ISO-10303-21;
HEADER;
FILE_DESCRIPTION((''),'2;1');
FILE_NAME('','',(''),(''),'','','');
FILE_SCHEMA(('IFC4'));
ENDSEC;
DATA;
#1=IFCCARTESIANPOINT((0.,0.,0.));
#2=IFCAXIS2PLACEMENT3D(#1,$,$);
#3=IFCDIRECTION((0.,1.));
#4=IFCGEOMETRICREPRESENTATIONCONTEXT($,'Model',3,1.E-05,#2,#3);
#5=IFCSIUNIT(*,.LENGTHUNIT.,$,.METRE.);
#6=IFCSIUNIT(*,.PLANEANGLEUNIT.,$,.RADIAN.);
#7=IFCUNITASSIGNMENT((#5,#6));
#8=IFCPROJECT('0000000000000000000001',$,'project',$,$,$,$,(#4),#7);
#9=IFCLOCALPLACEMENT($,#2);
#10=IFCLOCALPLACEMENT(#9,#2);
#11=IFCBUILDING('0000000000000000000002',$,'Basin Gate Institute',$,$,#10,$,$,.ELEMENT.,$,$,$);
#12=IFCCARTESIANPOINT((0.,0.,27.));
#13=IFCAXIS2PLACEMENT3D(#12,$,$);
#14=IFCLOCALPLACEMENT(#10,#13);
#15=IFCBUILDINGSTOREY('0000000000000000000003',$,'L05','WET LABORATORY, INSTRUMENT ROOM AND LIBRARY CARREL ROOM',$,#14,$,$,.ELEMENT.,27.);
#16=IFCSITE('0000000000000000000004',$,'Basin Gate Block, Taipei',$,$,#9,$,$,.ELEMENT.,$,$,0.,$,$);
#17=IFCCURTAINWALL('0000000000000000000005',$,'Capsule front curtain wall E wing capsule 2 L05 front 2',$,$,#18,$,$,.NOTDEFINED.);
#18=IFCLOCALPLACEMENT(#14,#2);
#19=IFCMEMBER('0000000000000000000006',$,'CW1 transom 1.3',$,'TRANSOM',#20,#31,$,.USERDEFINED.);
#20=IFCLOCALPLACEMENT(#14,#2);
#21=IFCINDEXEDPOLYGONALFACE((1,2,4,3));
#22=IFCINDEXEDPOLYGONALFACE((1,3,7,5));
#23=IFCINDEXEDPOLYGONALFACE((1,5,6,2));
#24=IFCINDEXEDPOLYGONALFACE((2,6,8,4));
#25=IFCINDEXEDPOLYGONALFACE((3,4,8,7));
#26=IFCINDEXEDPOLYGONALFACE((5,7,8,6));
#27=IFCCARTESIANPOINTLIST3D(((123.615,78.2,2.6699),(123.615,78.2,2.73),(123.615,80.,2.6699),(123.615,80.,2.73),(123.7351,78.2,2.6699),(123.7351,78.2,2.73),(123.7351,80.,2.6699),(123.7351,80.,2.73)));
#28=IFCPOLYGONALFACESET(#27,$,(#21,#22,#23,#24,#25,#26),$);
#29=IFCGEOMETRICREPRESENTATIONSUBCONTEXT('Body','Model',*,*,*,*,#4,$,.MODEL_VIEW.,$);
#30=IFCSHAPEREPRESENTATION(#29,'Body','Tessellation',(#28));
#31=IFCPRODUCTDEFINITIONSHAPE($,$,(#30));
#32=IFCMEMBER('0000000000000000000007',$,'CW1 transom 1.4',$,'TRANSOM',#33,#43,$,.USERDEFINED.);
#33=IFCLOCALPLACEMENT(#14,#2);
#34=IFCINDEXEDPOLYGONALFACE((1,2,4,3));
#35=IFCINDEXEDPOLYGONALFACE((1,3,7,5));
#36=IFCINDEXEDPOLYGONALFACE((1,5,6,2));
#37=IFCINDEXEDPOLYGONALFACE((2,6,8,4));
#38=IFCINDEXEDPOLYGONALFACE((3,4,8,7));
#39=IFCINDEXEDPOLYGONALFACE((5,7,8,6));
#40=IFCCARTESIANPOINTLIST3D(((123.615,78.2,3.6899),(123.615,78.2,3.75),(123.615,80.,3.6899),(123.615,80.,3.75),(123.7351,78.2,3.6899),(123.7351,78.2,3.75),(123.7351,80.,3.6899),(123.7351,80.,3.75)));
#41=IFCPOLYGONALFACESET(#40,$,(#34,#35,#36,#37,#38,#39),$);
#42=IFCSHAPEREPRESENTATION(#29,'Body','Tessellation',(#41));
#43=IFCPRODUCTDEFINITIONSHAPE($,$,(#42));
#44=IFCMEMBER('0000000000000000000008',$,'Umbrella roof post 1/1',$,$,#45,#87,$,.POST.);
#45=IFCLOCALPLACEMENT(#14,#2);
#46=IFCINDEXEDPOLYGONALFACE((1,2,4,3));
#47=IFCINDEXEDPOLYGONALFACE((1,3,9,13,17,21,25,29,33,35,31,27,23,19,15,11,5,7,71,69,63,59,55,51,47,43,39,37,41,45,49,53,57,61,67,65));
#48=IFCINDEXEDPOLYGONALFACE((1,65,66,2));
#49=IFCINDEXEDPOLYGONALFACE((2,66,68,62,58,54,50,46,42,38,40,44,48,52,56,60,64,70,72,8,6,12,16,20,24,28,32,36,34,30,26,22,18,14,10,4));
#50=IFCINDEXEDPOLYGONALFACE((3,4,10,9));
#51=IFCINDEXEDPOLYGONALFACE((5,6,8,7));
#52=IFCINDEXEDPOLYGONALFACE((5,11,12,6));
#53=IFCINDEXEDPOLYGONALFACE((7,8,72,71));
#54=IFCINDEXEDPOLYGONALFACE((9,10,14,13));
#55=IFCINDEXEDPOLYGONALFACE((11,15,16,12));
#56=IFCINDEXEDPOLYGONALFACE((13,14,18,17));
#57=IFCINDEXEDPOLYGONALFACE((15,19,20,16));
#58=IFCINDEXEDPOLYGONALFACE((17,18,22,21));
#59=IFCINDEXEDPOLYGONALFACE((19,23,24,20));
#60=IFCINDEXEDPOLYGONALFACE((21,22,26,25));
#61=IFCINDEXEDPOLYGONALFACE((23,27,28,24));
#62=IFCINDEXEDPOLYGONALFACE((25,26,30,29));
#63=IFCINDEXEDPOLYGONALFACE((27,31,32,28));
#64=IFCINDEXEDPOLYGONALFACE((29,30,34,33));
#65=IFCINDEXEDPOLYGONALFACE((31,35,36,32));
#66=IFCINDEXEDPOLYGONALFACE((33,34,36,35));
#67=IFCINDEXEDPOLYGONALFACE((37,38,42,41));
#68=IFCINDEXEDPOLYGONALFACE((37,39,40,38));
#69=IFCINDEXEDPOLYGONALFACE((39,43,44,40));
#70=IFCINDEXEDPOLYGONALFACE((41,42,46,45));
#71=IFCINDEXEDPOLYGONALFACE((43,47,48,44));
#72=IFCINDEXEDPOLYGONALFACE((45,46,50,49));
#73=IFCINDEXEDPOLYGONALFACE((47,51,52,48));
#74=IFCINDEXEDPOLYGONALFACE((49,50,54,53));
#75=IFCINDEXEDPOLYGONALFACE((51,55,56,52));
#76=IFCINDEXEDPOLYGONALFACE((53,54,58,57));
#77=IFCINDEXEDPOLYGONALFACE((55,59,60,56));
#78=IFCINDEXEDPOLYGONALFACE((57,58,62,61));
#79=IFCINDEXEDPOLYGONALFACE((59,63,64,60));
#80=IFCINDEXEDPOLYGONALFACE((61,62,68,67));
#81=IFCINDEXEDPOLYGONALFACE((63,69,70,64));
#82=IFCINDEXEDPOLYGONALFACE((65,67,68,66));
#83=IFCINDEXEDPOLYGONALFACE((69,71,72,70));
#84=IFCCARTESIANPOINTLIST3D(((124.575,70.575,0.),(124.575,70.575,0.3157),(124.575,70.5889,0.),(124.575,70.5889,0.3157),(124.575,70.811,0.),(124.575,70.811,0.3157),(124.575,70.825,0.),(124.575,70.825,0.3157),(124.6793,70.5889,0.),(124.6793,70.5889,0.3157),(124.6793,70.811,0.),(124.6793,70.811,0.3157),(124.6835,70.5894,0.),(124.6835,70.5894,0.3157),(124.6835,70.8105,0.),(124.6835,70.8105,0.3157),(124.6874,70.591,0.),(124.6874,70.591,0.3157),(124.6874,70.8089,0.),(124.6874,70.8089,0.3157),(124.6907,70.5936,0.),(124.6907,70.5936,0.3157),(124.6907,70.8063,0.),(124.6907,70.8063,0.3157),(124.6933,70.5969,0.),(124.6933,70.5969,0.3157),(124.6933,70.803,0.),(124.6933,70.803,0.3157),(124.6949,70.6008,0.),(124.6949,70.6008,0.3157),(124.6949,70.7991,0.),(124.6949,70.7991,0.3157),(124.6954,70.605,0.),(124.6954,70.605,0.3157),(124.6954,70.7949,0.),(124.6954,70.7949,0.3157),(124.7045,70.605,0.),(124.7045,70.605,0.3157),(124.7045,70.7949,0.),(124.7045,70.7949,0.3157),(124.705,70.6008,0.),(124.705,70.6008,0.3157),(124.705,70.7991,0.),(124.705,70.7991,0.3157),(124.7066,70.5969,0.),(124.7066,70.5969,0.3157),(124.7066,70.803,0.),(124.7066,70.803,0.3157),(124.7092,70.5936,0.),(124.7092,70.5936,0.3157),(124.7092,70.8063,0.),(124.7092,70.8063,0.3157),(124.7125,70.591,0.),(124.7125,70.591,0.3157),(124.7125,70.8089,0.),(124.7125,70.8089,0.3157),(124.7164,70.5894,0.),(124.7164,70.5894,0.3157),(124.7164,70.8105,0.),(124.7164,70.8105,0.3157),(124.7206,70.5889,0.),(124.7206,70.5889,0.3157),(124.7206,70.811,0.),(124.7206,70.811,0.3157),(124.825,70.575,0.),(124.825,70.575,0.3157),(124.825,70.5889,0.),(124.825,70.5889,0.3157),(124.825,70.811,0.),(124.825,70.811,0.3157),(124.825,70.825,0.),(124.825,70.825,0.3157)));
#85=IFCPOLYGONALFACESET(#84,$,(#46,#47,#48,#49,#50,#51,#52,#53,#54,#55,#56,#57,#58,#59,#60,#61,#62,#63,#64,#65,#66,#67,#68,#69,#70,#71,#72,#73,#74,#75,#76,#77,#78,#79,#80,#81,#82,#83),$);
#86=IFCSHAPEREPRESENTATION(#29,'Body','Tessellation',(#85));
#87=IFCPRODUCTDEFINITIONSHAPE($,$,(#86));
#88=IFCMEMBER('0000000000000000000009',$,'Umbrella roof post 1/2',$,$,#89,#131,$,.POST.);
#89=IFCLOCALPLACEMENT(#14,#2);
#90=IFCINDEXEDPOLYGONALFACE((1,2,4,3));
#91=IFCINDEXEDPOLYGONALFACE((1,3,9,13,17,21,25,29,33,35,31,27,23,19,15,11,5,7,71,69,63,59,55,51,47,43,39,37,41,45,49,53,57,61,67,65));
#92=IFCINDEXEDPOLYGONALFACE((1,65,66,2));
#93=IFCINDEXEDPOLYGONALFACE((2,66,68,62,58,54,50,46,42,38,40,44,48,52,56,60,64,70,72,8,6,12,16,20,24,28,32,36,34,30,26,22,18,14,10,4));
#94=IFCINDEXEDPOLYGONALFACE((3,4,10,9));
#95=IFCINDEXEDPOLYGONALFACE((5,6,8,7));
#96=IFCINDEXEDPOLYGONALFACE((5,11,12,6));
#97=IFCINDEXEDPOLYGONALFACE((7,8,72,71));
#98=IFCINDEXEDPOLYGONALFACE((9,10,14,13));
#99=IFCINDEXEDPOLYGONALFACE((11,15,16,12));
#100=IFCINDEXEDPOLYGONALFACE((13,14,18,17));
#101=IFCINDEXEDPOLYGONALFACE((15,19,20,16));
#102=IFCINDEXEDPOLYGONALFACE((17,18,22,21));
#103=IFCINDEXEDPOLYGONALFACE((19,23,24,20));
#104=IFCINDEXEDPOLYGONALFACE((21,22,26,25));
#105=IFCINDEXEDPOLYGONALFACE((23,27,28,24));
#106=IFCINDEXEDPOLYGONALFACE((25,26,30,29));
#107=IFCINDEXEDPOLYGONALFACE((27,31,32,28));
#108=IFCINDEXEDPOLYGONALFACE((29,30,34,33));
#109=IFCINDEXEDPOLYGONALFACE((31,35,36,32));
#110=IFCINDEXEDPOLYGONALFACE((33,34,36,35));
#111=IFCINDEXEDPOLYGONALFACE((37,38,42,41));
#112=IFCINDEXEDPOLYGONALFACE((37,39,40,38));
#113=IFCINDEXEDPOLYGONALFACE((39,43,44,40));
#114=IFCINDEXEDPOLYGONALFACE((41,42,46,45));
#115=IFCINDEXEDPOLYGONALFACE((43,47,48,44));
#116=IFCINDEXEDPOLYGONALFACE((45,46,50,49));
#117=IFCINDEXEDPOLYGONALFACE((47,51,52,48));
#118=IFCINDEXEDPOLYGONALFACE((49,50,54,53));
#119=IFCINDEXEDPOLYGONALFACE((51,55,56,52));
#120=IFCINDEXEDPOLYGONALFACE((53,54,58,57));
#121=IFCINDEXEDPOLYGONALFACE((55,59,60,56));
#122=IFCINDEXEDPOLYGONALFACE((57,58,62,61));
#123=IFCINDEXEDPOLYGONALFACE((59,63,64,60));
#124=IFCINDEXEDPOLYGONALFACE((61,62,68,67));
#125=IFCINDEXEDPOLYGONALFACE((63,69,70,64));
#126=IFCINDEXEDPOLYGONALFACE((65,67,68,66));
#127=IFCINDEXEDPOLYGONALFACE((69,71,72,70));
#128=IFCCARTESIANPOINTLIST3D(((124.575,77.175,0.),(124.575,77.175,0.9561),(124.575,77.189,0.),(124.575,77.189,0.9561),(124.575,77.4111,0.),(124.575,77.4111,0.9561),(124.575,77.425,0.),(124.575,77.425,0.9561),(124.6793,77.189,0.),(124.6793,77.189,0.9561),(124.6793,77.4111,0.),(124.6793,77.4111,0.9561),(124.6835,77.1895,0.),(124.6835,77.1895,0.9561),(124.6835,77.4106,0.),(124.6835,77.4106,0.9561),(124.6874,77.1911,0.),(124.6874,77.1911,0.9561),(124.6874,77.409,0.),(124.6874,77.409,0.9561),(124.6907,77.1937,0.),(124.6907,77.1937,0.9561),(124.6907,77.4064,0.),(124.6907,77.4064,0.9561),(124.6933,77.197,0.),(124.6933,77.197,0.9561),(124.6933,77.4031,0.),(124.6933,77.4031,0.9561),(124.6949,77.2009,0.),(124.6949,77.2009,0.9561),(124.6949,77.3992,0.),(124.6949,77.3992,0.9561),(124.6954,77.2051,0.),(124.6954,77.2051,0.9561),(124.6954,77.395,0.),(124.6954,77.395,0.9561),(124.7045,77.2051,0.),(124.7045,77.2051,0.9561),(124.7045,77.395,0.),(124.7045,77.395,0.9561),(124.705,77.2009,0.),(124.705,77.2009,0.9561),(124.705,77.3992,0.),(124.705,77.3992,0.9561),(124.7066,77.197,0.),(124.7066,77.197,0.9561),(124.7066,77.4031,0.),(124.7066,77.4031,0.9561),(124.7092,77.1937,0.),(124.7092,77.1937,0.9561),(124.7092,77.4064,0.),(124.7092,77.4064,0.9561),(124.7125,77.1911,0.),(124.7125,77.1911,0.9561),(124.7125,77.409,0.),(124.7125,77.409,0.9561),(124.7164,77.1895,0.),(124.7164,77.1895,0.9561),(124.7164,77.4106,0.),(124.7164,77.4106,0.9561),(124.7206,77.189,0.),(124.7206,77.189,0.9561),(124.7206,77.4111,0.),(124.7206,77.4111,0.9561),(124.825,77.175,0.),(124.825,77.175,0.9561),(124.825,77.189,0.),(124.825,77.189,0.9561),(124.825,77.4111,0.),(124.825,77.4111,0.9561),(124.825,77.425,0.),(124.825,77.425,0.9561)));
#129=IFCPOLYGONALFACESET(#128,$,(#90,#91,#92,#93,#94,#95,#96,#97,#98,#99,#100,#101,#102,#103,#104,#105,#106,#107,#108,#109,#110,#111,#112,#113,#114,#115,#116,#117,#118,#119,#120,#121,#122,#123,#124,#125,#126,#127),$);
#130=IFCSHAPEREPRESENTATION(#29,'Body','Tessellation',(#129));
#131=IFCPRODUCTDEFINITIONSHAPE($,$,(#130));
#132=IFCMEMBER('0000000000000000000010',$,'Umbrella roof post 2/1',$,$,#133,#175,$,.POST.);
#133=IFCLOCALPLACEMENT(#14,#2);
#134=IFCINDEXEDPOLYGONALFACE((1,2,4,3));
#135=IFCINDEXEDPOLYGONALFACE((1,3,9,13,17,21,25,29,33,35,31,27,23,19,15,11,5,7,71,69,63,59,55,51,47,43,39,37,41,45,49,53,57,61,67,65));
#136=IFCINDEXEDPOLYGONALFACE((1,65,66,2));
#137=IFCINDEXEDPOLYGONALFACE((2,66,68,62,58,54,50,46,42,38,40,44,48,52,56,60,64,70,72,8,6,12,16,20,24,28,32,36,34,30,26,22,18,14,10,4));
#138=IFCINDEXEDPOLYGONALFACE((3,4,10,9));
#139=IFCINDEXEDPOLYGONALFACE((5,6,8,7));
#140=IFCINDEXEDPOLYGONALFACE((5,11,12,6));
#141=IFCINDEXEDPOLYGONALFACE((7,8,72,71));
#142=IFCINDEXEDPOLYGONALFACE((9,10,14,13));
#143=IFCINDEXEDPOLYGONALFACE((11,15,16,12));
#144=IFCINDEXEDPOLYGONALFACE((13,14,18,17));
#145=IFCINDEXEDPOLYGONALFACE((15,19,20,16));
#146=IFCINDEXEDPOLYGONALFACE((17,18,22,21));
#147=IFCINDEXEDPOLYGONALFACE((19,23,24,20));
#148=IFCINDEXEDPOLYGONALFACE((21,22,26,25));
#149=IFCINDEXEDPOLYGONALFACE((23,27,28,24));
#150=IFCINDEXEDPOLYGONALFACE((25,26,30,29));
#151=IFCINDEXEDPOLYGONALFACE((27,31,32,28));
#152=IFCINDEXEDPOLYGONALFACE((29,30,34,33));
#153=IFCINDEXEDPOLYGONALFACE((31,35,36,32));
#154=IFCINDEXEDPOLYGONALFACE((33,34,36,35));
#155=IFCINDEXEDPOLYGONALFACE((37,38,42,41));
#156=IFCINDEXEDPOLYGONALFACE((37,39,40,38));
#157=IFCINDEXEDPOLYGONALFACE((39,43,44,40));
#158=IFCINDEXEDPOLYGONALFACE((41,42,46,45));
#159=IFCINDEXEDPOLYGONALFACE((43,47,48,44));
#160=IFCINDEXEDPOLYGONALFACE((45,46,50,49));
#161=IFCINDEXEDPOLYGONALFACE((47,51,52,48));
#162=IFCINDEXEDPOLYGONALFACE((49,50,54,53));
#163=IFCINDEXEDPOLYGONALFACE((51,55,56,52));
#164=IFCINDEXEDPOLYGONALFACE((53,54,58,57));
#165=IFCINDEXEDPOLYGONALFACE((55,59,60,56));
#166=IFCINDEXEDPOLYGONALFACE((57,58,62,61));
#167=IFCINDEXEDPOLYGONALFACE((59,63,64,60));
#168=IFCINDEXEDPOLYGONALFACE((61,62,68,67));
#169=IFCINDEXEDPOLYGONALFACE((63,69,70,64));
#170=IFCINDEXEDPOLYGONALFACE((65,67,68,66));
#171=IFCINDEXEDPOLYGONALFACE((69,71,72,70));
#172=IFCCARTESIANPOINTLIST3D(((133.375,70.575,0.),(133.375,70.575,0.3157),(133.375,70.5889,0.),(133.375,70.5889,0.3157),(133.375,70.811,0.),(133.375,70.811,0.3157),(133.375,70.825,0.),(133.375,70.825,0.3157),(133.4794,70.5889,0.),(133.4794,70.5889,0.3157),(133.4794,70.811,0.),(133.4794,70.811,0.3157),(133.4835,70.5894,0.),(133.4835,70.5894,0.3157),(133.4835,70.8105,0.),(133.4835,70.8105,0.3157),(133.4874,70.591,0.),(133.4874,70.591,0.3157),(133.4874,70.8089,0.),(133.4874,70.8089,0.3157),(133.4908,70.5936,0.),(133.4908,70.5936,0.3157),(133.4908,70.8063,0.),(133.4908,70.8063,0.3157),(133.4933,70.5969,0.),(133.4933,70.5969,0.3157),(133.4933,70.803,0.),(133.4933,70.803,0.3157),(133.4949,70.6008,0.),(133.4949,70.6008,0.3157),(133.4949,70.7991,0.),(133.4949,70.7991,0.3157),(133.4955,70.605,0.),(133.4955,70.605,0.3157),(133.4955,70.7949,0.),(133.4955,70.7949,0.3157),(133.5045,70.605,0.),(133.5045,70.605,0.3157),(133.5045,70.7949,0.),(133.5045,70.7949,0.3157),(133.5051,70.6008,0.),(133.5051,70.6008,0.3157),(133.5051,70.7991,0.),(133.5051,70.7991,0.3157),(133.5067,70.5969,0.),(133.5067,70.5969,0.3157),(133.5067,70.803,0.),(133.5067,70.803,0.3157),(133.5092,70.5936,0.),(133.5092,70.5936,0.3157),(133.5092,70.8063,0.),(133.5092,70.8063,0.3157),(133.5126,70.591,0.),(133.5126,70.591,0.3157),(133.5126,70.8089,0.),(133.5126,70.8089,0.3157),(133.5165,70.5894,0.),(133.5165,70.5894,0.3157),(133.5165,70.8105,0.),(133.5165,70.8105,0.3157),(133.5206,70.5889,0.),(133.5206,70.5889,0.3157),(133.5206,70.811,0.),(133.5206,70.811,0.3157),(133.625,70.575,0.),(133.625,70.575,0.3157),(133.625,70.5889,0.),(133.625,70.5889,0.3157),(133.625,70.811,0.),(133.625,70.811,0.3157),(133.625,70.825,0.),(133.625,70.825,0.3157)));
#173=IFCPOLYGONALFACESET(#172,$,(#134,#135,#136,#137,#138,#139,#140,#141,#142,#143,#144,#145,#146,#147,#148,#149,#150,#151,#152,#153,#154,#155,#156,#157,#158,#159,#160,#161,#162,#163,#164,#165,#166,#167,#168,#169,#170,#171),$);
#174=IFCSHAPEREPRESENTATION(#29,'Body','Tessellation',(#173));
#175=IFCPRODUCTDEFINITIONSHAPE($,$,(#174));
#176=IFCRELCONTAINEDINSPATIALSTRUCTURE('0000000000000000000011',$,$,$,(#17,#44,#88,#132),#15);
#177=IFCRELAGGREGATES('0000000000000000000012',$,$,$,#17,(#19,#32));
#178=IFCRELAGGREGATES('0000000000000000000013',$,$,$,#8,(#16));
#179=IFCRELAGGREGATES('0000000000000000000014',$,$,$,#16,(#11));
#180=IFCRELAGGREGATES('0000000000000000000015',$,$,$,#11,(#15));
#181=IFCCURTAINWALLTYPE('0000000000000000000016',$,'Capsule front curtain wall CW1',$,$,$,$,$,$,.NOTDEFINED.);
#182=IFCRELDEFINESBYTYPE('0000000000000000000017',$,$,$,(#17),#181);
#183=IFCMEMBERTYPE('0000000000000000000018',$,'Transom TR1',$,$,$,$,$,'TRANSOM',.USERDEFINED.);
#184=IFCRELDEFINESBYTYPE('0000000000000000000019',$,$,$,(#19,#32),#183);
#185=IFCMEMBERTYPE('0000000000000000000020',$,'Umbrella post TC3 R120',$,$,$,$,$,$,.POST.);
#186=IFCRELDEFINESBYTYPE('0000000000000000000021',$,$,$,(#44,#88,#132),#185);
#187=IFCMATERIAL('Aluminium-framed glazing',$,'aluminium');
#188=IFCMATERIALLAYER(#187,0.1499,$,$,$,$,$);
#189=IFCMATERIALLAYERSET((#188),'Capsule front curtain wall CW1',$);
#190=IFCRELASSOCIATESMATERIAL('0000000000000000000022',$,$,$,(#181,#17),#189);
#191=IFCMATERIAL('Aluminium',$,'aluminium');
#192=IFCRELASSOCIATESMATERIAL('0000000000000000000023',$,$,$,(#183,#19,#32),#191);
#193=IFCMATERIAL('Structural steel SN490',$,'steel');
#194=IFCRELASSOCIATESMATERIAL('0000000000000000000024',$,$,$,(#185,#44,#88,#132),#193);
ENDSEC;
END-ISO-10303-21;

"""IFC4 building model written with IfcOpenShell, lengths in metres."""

from ifc_helpers import new_model, si_unit, direction, frame, origin, origin_2d, place, context, subcontext, project, spatial, rectangle, i_section, extrude, material, layer, layer_set, material_profile, profile_set, type_object, element, aggregate, save


model = new_model("IFC4")

# Units and contexts
model_context = context("Model", 3, precision=1e-05, world=origin(), true_north=direction((0.0, 1.0)))
body_context = subcontext(model_context, "Body", "Model", "MODEL_VIEW")
ifc_project = project(units=[si_unit("LENGTHUNIT", "METRE"), si_unit("PLANEANGLEUNIT", "RADIAN")], contexts=[model_context])

# Site, building, storey
site_placement = place(None, origin())
site = spatial("IfcSite", under=ifc_project, at=site_placement, Name="Basin Gate Block, Taipei", CompositionType="ELEMENT", RefElevation=0.0)
building_placement = place(site_placement, origin())
building = spatial("IfcBuilding", under=site, at=building_placement, Name="Basin Gate Institute", CompositionType="ELEMENT")
storey_placement = place(building_placement, frame((0.0, 0.0, 27.0)))
storey = spatial("IfcBuildingStorey", under=building, at=storey_placement, Name="L05", Description="WET LABORATORY, INSTRUMENT ROOM AND LIBRARY CARREL ROOM", CompositionType="ELEMENT", Elevation=27.0)

# Curtain wall, members
ifc_material_1 = material(Name="Aluminium-framed glazing", Category="aluminium")
ifc_layer_1 = layer(ifc_material_1, 0.1499)
ifc_layer_set_1 = layer_set([ifc_layer_1], Name="Capsule front curtain wall CW1")
curtain_wall_type = type_object("IfcCurtainWallType", Name="Capsule front curtain wall CW1", PredefinedType="NOTDEFINED", material=ifc_layer_set_1)
curtain_wall_placement = place(storey_placement, origin())
curtain_wall = element("IfcCurtainWall", 1, at=curtain_wall_placement, inside=storey, type_object=curtain_wall_type, material=ifc_layer_set_1, Name="Capsule front curtain wall E wing capsule 2 L05 front 2", PredefinedType="NOTDEFINED")
ifc_material_2 = material(Name="Aluminium", Category="aluminium")
ifc_material_profile_1 = material_profile(ifc_material_2, rectangle(XDim=0.1201, YDim=0.0601, at=origin_2d()), Name="Transom TR1 120 x 60")
ifc_profile_set_1 = profile_set([ifc_material_profile_1], Name="Aluminium")
member_type_1 = type_object("IfcMemberType", Name="Transom TR1", ElementType="TRANSOM", PredefinedType="USERDEFINED", material=ifc_profile_set_1)
member_1_placement = place(storey_placement, frame((123.675, 78.2, 2.7), z_axis=(0.0, 1.0, 0.0), x_axis=(-1.0, 0.0, 0.0)))
member_1 = element("IfcMember", 2, at=member_1_placement, type_object=member_type_1, material=ifc_profile_set_1, Name="CW1 transom 1.3", ObjectType="TRANSOM", PredefinedType="USERDEFINED", context=body_context, shape_type="SweptSolid", body=[
    extrude(rectangle(XDim=0.1201, YDim=0.0601, at=origin_2d()), origin(), (0.0, 0.0, 1.0), 1.8),
])
member_2_placement = place(storey_placement, frame((123.675, 78.2, 3.72), z_axis=(0.0, 1.0, 0.0), x_axis=(-1.0, 0.0, 0.0)))
member_2 = element("IfcMember", 3, at=member_2_placement, type_object=member_type_1, material=ifc_profile_set_1, Name="CW1 transom 1.4", ObjectType="TRANSOM", PredefinedType="USERDEFINED", context=body_context, shape_type="SweptSolid", body=[
    extrude(rectangle(XDim=0.1201, YDim=0.0601, at=origin_2d()), origin(), (0.0, 0.0, 1.0), 1.8),
])
aggregate(curtain_wall, [member_1, member_2])

# Members
ifc_material_3 = material(Name="Structural steel SN490", Category="steel")
ifc_material_profile_2 = material_profile(ifc_material_3, i_section(OverallWidth=0.25, OverallDepth=0.25, WebThickness=0.009, FlangeThickness=0.0139, FilletRadius=0.0161, at=origin_2d()), Name="H250x250")
ifc_profile_set_2 = profile_set([ifc_material_profile_2], Name="Structural steel SN490")
member_type_2 = type_object("IfcMemberType", Name="Umbrella post TC3 R120", PredefinedType="POST", material=ifc_profile_set_2)
member_3_placement = place(storey_placement, frame((124.7, 70.7, 0.0), z_axis=(0.0, 0.0, 1.0), x_axis=(1.0, 0.0, 0.0)))
element("IfcMember", 4, at=member_3_placement, inside=storey, type_object=member_type_2, material=ifc_profile_set_2, Name="Umbrella roof post 1/1", PredefinedType="POST", context=body_context, shape_type="SweptSolid", body=[
    extrude(i_section(OverallWidth=0.25, OverallDepth=0.25, WebThickness=0.009, FlangeThickness=0.0139, FilletRadius=0.0161, at=origin_2d()), origin(), (0.0, 0.0, 1.0), 0.3157),
])
member_4_placement = place(storey_placement, frame((124.7, 77.3, 0.0), z_axis=(0.0, 0.0, 1.0), x_axis=(1.0, 0.0, 0.0)))
element("IfcMember", 5, at=member_4_placement, inside=storey, type_object=member_type_2, material=ifc_profile_set_2, Name="Umbrella roof post 1/2", PredefinedType="POST", context=body_context, shape_type="SweptSolid", body=[
    extrude(i_section(OverallWidth=0.25, OverallDepth=0.25, WebThickness=0.009, FlangeThickness=0.0139, FilletRadius=0.0161, at=origin_2d()), origin(), (0.0, 0.0, 1.0), 0.9561),
])
member_5_placement = place(storey_placement, frame((133.5, 70.7, 0.0), z_axis=(0.0, 0.0, 1.0), x_axis=(1.0, 0.0, 0.0)))
element("IfcMember", 6, at=member_5_placement, inside=storey, type_object=member_type_2, material=ifc_profile_set_2, Name="Umbrella roof post 2/1", PredefinedType="POST", context=body_context, shape_type="SweptSolid", body=[
    extrude(i_section(OverallWidth=0.25, OverallDepth=0.25, WebThickness=0.009, FlangeThickness=0.0139, FilletRadius=0.0161, at=origin_2d()), origin(), (0.0, 0.0, 1.0), 0.3157),
])

save(model, "model.ifc")
